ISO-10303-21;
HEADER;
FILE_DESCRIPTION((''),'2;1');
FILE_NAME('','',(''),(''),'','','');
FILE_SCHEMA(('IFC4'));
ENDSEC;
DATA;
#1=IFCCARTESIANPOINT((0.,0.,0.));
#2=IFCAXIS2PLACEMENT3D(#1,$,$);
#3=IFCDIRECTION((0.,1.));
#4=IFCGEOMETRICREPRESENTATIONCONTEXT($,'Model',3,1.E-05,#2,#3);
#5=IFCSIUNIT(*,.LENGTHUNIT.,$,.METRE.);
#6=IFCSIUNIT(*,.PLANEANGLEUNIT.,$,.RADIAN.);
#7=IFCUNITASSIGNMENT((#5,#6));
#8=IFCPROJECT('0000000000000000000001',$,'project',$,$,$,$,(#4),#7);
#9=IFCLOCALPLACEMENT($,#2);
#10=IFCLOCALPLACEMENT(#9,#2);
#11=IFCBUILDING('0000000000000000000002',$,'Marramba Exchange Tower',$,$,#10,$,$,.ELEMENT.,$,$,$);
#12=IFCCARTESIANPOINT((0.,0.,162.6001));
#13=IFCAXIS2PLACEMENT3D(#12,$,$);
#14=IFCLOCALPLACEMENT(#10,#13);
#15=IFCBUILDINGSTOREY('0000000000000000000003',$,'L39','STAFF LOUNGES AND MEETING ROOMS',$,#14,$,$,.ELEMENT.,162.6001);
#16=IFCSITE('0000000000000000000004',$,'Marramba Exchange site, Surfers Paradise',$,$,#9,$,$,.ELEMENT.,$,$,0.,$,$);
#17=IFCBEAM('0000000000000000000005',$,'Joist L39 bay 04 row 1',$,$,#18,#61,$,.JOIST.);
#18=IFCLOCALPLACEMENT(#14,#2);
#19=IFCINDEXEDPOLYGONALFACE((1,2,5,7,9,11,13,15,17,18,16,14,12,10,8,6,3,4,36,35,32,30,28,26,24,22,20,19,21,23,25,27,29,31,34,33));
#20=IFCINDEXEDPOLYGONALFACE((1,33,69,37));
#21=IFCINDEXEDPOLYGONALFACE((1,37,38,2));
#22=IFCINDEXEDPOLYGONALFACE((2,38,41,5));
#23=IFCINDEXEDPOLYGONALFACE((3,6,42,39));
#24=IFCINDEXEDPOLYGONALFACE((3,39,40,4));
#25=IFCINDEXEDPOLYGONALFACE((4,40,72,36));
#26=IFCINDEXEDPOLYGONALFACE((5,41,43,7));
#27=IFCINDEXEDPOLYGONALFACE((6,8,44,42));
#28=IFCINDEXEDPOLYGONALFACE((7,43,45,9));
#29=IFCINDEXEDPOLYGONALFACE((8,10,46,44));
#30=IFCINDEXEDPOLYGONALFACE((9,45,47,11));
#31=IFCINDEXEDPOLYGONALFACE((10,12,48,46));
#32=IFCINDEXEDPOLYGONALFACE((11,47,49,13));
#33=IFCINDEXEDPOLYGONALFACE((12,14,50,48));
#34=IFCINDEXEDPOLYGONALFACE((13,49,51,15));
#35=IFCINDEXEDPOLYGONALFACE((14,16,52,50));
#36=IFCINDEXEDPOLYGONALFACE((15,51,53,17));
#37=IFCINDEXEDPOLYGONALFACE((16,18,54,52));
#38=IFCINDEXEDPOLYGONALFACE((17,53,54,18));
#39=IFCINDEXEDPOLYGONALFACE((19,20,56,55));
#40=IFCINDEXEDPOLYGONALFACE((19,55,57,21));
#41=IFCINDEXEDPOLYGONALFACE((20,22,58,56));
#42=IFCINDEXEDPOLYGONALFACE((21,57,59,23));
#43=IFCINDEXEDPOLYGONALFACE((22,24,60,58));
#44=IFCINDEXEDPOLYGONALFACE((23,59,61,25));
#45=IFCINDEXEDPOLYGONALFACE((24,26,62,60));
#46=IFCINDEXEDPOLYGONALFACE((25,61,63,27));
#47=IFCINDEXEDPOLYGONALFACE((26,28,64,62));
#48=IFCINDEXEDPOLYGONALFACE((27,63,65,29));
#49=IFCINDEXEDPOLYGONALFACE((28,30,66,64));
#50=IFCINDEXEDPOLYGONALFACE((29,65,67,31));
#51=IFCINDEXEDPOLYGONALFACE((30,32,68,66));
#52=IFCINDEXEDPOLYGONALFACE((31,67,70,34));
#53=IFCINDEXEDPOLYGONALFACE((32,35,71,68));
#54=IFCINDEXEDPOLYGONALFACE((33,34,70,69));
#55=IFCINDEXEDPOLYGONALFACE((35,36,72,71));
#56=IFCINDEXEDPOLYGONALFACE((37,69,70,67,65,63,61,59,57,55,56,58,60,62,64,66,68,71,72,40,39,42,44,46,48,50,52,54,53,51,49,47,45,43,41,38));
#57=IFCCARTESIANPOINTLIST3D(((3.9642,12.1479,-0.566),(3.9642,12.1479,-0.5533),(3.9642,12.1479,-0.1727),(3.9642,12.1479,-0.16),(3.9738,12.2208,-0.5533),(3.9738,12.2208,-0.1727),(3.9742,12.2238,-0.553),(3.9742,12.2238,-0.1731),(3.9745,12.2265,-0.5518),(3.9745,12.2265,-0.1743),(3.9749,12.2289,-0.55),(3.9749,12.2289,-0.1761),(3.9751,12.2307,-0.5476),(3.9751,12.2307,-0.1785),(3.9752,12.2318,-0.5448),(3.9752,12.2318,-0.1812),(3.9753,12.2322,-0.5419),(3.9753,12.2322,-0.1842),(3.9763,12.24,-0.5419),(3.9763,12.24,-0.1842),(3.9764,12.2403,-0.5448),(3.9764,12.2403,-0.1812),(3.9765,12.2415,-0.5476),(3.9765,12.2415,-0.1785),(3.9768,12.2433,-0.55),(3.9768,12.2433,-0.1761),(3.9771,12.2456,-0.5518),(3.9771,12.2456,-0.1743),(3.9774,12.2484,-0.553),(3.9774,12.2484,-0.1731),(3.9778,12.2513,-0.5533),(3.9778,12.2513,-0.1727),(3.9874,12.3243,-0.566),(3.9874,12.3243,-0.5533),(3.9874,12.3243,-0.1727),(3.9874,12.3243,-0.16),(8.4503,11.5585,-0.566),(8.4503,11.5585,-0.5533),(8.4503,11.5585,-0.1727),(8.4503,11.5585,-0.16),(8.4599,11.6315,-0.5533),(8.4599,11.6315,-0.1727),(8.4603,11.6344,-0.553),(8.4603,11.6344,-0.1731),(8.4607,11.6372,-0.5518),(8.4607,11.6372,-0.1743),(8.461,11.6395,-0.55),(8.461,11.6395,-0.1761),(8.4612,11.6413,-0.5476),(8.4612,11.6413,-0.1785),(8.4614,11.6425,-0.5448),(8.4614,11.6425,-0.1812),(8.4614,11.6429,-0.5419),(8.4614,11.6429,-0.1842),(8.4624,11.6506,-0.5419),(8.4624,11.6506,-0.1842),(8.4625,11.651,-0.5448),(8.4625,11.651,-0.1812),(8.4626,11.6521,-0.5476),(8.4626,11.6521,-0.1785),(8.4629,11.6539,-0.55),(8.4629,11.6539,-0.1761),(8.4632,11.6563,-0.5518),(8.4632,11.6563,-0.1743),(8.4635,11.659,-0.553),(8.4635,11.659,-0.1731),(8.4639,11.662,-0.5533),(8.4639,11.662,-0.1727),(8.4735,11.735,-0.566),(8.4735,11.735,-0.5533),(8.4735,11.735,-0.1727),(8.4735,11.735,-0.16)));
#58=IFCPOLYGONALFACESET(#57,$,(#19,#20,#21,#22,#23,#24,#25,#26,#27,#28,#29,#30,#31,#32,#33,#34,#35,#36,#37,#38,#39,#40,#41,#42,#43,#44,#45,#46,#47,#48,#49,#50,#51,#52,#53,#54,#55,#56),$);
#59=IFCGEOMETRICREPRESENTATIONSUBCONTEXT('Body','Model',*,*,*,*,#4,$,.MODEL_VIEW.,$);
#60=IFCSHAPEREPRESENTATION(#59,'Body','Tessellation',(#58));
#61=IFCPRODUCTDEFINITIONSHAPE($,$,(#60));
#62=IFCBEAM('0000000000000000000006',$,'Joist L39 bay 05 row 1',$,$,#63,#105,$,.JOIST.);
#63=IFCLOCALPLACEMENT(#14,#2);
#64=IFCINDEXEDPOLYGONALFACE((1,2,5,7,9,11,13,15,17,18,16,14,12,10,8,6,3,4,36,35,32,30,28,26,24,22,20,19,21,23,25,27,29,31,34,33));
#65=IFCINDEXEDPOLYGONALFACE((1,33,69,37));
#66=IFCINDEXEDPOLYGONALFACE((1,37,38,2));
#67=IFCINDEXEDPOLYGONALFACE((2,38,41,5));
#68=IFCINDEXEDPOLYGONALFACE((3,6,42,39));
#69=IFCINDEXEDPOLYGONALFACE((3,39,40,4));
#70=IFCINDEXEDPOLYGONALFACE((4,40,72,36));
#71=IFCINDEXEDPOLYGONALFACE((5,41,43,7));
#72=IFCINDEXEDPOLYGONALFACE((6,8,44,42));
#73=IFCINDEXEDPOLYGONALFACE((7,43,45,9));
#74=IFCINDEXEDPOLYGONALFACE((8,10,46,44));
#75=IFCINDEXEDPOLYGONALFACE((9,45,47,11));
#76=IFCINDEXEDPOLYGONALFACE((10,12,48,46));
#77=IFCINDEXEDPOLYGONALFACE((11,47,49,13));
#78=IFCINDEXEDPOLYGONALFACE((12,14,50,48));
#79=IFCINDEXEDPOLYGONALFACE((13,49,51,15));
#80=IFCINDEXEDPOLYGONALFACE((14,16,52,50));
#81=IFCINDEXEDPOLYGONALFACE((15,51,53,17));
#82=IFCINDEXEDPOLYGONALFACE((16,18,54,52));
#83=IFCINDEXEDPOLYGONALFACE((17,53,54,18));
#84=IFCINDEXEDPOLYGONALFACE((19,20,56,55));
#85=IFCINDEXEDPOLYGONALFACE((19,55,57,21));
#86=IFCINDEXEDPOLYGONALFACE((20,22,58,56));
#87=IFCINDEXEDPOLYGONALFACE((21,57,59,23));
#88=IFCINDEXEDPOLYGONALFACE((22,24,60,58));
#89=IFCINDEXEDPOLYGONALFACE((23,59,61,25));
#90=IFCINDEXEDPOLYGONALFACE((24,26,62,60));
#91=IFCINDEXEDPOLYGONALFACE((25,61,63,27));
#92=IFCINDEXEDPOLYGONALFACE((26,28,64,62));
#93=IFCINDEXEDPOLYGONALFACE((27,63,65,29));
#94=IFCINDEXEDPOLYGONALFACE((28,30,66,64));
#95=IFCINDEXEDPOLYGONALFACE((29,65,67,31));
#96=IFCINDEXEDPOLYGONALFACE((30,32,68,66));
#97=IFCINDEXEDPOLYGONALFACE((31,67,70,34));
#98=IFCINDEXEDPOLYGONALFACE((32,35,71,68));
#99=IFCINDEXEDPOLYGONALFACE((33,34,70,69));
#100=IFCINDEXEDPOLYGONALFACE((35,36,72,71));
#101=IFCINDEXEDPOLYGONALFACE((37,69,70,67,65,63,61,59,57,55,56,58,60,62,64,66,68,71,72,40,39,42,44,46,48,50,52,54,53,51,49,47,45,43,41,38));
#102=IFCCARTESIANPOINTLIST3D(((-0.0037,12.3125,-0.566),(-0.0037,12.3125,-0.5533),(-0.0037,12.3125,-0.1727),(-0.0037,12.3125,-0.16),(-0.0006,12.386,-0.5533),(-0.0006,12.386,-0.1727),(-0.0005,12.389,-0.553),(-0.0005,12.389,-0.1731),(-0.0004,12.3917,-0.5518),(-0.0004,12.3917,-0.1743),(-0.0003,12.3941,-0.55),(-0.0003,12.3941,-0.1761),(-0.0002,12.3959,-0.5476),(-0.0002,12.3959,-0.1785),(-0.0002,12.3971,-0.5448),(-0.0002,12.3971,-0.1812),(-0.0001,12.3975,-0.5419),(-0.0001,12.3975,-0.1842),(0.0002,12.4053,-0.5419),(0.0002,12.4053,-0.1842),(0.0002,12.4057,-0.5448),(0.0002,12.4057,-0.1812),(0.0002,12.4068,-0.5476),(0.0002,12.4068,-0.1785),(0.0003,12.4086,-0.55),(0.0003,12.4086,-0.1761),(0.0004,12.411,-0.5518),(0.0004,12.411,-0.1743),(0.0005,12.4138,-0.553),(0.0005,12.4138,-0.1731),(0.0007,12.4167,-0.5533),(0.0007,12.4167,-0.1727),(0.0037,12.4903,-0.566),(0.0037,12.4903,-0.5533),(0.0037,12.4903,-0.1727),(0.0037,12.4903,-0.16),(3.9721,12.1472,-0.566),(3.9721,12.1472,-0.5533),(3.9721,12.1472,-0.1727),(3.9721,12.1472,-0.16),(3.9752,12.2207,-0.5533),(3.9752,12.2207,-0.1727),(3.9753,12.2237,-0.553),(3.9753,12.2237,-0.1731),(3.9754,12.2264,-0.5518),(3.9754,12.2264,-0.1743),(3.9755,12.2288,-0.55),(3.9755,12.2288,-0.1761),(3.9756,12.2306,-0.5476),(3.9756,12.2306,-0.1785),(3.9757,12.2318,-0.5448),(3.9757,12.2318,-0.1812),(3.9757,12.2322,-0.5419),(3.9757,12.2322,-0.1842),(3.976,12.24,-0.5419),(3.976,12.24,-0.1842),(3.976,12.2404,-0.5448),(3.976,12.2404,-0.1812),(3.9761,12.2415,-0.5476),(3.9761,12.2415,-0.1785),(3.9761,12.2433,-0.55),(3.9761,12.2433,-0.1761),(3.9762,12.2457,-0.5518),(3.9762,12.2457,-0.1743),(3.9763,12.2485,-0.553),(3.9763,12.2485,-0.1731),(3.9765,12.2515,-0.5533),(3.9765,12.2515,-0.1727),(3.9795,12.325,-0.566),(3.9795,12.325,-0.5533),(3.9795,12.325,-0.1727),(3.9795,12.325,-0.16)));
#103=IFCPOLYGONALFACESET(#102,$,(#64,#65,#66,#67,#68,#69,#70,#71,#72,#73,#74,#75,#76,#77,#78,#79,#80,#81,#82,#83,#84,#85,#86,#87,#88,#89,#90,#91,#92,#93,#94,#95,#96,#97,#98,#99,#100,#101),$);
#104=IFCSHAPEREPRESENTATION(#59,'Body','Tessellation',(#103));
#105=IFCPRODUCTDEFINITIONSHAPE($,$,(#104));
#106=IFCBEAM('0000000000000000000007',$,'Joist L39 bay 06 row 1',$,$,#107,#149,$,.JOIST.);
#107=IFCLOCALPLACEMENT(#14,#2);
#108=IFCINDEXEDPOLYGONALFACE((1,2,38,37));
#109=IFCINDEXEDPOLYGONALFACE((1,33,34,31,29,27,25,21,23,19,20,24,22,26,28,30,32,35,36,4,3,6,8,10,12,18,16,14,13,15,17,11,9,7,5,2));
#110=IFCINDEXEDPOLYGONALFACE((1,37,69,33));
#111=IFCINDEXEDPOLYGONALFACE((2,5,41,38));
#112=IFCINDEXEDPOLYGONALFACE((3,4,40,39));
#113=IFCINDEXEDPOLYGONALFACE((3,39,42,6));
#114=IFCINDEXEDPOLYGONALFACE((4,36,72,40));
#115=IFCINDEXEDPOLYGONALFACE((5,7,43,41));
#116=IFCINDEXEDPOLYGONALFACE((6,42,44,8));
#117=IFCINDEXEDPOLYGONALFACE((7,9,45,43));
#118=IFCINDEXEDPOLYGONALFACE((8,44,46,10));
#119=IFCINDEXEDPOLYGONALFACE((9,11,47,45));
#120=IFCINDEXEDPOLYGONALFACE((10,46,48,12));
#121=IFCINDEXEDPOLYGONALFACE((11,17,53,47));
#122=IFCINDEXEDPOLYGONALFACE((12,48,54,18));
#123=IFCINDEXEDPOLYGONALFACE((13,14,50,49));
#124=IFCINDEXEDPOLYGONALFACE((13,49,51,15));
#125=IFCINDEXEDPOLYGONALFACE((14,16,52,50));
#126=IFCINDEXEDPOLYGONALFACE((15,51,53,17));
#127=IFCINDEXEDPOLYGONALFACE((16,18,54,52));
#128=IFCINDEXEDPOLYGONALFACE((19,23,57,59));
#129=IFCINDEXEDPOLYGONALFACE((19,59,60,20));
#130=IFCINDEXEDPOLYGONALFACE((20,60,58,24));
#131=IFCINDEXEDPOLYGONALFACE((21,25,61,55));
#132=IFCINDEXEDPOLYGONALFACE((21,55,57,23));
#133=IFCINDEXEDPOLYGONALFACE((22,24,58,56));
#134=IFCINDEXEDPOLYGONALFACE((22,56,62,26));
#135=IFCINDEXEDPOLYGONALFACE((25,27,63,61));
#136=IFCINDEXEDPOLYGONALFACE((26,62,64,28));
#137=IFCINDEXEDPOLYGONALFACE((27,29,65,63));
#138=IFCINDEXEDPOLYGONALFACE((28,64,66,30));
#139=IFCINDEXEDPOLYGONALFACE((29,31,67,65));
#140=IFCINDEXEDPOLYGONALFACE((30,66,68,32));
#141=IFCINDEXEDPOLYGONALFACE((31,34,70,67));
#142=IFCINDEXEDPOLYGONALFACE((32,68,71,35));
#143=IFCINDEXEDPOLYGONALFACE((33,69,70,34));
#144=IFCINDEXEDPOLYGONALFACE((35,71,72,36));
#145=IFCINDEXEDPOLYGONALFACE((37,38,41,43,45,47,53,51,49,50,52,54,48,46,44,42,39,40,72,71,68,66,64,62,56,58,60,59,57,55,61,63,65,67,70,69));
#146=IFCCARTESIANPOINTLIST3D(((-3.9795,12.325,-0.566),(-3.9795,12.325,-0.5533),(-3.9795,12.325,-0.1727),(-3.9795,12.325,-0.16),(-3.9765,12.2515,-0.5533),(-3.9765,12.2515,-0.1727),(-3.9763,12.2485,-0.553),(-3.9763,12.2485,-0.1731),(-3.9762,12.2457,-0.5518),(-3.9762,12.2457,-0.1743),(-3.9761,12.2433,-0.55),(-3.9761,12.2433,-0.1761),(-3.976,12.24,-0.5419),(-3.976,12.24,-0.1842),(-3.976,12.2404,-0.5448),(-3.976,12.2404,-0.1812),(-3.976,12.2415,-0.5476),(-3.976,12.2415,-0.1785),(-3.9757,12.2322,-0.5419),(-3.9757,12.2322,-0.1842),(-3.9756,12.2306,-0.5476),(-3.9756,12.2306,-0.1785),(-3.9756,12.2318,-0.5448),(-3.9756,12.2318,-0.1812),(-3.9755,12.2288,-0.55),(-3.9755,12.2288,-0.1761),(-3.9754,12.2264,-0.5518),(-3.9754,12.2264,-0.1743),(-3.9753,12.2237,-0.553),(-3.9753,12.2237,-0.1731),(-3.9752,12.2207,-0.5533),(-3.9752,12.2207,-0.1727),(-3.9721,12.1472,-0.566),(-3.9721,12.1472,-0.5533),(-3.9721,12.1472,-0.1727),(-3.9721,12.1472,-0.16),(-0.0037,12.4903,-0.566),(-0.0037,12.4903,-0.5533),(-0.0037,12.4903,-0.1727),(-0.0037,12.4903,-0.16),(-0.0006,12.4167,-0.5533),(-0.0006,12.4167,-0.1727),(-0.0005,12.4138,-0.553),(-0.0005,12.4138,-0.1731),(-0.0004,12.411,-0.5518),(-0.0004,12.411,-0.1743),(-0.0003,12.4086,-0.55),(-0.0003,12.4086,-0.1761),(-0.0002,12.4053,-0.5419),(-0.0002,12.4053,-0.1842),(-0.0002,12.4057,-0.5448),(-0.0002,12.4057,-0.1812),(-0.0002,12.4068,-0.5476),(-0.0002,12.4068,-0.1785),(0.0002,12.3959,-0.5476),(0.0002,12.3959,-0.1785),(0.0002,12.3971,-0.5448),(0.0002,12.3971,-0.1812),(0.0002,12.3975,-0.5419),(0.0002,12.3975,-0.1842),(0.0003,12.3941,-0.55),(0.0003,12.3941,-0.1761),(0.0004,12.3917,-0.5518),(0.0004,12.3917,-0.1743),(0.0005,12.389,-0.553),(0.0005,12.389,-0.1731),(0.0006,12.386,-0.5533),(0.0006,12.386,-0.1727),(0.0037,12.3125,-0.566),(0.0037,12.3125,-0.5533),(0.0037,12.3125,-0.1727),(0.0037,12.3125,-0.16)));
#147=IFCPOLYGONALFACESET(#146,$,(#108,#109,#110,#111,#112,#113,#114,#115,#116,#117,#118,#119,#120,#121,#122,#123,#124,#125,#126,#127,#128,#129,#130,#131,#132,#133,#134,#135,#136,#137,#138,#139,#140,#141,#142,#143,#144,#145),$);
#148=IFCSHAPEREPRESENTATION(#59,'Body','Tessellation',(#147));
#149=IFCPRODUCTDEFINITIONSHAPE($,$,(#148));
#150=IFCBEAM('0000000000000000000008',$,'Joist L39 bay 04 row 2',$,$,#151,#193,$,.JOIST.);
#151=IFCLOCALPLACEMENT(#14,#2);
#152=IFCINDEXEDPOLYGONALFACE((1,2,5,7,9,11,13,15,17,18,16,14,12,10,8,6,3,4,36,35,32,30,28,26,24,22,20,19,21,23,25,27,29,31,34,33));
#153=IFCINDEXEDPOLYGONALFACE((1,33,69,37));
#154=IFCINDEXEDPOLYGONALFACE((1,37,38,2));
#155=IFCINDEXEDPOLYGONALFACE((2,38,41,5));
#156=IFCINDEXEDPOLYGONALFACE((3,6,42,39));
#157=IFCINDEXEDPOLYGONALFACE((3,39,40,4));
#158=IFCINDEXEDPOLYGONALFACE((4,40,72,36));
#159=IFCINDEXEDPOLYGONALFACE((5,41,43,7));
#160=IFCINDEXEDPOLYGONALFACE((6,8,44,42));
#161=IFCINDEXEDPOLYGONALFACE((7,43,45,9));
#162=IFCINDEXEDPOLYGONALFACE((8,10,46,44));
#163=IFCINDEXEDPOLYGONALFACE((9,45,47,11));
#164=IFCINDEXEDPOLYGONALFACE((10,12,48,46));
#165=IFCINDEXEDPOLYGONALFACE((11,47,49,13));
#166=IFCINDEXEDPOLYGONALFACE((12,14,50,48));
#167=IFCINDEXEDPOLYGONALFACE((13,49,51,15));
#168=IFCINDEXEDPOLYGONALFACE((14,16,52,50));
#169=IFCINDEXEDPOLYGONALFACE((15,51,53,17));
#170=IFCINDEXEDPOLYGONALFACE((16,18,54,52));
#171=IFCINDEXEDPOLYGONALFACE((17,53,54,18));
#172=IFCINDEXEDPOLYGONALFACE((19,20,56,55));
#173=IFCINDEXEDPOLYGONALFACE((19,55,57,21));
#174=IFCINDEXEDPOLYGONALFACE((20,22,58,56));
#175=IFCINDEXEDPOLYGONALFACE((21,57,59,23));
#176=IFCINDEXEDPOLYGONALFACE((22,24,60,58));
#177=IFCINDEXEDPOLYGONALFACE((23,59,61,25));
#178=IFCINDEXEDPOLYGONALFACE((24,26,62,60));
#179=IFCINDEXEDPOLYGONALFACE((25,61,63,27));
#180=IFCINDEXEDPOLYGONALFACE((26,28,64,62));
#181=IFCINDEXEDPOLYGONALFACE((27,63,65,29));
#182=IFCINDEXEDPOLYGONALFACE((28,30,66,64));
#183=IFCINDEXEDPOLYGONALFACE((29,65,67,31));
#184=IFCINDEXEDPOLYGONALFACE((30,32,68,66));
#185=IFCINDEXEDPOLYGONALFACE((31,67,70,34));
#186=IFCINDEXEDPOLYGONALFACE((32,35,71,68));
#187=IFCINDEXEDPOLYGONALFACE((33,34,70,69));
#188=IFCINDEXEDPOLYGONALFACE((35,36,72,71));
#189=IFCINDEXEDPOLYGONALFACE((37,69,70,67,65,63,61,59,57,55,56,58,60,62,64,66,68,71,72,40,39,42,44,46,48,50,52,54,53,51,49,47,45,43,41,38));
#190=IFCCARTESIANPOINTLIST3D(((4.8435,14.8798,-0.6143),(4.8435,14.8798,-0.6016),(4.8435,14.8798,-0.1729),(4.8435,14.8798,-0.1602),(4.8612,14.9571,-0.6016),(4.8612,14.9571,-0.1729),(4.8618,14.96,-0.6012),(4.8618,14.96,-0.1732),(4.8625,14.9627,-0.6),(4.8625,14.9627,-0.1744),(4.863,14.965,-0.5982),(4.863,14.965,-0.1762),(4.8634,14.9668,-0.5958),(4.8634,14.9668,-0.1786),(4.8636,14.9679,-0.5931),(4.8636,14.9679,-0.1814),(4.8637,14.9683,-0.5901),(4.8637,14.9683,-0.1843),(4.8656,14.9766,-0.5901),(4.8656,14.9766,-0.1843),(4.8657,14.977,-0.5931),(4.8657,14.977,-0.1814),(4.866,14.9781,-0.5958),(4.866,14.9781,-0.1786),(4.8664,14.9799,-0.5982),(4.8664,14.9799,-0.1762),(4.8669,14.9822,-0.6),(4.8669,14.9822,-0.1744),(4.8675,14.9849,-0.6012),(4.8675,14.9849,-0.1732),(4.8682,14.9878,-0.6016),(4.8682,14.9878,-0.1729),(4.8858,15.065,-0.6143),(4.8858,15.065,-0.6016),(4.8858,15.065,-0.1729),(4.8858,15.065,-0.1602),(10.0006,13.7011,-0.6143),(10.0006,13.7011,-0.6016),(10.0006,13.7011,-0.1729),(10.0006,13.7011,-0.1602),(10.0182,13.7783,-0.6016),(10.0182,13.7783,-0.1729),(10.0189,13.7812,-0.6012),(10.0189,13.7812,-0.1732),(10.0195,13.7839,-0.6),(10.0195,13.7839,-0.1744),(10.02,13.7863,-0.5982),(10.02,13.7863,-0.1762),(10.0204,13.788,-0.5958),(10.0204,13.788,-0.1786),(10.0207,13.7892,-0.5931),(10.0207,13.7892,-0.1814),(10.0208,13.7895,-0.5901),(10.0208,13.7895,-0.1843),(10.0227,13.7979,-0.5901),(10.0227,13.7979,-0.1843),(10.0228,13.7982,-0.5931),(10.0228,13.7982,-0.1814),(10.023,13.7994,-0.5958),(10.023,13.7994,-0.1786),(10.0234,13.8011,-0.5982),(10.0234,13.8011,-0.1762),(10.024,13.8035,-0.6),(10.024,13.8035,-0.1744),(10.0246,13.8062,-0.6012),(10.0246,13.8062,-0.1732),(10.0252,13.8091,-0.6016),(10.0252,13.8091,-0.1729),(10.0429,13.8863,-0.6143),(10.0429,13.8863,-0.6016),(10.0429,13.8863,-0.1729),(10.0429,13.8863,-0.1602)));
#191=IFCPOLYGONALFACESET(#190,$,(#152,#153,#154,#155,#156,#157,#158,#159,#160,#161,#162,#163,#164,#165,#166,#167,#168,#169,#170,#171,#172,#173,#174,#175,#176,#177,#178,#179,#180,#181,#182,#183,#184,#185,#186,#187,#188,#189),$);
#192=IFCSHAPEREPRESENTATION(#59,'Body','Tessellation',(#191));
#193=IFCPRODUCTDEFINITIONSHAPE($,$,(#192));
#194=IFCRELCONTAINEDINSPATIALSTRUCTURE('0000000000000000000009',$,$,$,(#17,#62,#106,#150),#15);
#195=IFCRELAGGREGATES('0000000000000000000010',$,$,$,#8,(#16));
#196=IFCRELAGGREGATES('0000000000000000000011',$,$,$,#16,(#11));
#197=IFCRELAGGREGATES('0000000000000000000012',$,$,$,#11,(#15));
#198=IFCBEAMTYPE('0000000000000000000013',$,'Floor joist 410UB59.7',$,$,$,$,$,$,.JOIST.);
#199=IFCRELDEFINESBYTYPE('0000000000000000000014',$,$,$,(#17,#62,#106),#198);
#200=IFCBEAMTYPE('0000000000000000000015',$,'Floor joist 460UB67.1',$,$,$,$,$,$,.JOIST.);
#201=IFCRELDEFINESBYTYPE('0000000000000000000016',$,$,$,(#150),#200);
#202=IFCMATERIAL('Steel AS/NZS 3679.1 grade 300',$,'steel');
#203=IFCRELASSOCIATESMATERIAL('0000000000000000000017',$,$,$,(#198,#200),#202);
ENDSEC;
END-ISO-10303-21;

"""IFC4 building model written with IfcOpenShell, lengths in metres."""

from ifc_helpers import new_model, si_unit, direction, frame, origin, origin_2d, place, context, subcontext, project, spatial, i_section, extrude, material, material_profile, profile_set, type_object, element, save


model = new_model("IFC4")

# Units and contexts
model_context = context("Model", 3, precision=1e-05, world=origin(), true_north=direction((0.0, 1.0)))
body_context = subcontext(model_context, "Body", "Model", "MODEL_VIEW")
ifc_project = project(units=[si_unit("LENGTHUNIT", "METRE"), si_unit("PLANEANGLEUNIT", "RADIAN")], contexts=[model_context])

# Site, building, storey
site_placement = place(None, origin())
site = spatial("IfcSite", under=ifc_project, at=site_placement, Name="Marramba Exchange site, Surfers Paradise", CompositionType="ELEMENT", RefElevation=0.0)
building_placement = place(site_placement, origin())
building = spatial("IfcBuilding", under=site, at=building_placement, Name="Marramba Exchange Tower", CompositionType="ELEMENT")
storey_placement = place(building_placement, frame((0.0, 0.0, 162.6001)))
storey = spatial("IfcBuildingStorey", under=building, at=storey_placement, Name="L39", Description="STAFF LOUNGES AND MEETING ROOMS", CompositionType="ELEMENT", Elevation=162.6001)

# Beams
ifc_material_1 = material(Name="Steel AS/NZS 3679.1 grade 300", Category="steel")
ifc_material_profile_1 = material_profile(ifc_material_1, i_section(OverallWidth=0.178, OverallDepth=0.406, WebThickness=0.0078, FlangeThickness=0.0127, FilletRadius=0.0115, at=origin_2d()), Name="410UB59.7")
ifc_profile_set_1 = profile_set([ifc_material_profile_1], Name="Steel AS/NZS 3679.1 grade 300")
beam_type_1 = type_object("IfcBeamType", Name="Floor joist 410UB59.7", PredefinedType="JOIST", material=ifc_profile_set_1)
beam_1_placement = place(storey_placement, frame((8.4619, 11.6467, -0.363), z_axis=(-0.991481, 0.130255, 0.0), x_axis=(-0.130255, -0.991481, 0.0)))
element("IfcBeam", 1, at=beam_1_placement, inside=storey, type_object=beam_type_1, Name="Joist L39 bay 04 row 1", PredefinedType="JOIST", context=body_context, shape_type="SweptSolid", body=[
    extrude(i_section(OverallWidth=0.178, OverallDepth=0.406, WebThickness=0.0078, FlangeThickness=0.0127, FilletRadius=0.0115, at=origin_2d()), origin(), (0.0, 0.0, 1.0), 4.5247),
])
for number, where, z_axis, x_axis, name in (
    (2, (3.9758, 12.2361, -0.363), (-0.999137, 0.041536, 0.0), (-0.041536, -0.999137, 0.0), "Joist L39 bay 05 row 1"),
    (3, (0.0, 12.4014, -0.363), (-0.999137, -0.041536, 0.0), (0.041536, -0.999137, 0.0), "Joist L39 bay 06 row 1"),
):
    element("IfcBeam", number, at=place(storey_placement, frame(where, z_axis=z_axis, x_axis=x_axis)), inside=storey, type_object=beam_type_1, Name=name, PredefinedType="JOIST", context=body_context, shape_type="SweptSolid", body=[
        extrude(i_section(OverallWidth=0.178, OverallDepth=0.406, WebThickness=0.0078, FlangeThickness=0.0127, FilletRadius=0.0115, at=origin_2d()), origin(), (0.0, 0.0, 1.0), 3.9792),
    ])
ifc_material_profile_2 = material_profile(ifc_material_1, i_section(OverallWidth=0.1899, OverallDepth=0.4541, WebThickness=0.0085, FlangeThickness=0.0127, FilletRadius=0.0115, at=origin_2d()), Name="460UB67.1")
ifc_profile_set_2 = profile_set([ifc_material_profile_2], Name="Steel AS/NZS 3679.1 grade 300")
beam_type_2 = type_object("IfcBeamType", Name="Floor joist 460UB67.1", PredefinedType="JOIST", material=ifc_profile_set_2)
beam_2_placement = place(storey_placement, frame((10.0217, 13.7937, -0.3872), z_axis=(-0.97486, 0.22282, 0.0), x_axis=(-0.22282, -0.97486, 0.0)))
element("IfcBeam", 4, at=beam_2_placement, inside=storey, type_object=beam_type_2, Name="Joist L39 bay 04 row 2", PredefinedType="JOIST", context=body_context, shape_type="SweptSolid", body=[
    extrude(i_section(OverallWidth=0.1899, OverallDepth=0.4541, WebThickness=0.0085, FlangeThickness=0.0127, FilletRadius=0.0115, at=origin_2d()), origin(), (0.0, 0.0, 1.0), 5.29),
])

save(model, "model.ifc")
